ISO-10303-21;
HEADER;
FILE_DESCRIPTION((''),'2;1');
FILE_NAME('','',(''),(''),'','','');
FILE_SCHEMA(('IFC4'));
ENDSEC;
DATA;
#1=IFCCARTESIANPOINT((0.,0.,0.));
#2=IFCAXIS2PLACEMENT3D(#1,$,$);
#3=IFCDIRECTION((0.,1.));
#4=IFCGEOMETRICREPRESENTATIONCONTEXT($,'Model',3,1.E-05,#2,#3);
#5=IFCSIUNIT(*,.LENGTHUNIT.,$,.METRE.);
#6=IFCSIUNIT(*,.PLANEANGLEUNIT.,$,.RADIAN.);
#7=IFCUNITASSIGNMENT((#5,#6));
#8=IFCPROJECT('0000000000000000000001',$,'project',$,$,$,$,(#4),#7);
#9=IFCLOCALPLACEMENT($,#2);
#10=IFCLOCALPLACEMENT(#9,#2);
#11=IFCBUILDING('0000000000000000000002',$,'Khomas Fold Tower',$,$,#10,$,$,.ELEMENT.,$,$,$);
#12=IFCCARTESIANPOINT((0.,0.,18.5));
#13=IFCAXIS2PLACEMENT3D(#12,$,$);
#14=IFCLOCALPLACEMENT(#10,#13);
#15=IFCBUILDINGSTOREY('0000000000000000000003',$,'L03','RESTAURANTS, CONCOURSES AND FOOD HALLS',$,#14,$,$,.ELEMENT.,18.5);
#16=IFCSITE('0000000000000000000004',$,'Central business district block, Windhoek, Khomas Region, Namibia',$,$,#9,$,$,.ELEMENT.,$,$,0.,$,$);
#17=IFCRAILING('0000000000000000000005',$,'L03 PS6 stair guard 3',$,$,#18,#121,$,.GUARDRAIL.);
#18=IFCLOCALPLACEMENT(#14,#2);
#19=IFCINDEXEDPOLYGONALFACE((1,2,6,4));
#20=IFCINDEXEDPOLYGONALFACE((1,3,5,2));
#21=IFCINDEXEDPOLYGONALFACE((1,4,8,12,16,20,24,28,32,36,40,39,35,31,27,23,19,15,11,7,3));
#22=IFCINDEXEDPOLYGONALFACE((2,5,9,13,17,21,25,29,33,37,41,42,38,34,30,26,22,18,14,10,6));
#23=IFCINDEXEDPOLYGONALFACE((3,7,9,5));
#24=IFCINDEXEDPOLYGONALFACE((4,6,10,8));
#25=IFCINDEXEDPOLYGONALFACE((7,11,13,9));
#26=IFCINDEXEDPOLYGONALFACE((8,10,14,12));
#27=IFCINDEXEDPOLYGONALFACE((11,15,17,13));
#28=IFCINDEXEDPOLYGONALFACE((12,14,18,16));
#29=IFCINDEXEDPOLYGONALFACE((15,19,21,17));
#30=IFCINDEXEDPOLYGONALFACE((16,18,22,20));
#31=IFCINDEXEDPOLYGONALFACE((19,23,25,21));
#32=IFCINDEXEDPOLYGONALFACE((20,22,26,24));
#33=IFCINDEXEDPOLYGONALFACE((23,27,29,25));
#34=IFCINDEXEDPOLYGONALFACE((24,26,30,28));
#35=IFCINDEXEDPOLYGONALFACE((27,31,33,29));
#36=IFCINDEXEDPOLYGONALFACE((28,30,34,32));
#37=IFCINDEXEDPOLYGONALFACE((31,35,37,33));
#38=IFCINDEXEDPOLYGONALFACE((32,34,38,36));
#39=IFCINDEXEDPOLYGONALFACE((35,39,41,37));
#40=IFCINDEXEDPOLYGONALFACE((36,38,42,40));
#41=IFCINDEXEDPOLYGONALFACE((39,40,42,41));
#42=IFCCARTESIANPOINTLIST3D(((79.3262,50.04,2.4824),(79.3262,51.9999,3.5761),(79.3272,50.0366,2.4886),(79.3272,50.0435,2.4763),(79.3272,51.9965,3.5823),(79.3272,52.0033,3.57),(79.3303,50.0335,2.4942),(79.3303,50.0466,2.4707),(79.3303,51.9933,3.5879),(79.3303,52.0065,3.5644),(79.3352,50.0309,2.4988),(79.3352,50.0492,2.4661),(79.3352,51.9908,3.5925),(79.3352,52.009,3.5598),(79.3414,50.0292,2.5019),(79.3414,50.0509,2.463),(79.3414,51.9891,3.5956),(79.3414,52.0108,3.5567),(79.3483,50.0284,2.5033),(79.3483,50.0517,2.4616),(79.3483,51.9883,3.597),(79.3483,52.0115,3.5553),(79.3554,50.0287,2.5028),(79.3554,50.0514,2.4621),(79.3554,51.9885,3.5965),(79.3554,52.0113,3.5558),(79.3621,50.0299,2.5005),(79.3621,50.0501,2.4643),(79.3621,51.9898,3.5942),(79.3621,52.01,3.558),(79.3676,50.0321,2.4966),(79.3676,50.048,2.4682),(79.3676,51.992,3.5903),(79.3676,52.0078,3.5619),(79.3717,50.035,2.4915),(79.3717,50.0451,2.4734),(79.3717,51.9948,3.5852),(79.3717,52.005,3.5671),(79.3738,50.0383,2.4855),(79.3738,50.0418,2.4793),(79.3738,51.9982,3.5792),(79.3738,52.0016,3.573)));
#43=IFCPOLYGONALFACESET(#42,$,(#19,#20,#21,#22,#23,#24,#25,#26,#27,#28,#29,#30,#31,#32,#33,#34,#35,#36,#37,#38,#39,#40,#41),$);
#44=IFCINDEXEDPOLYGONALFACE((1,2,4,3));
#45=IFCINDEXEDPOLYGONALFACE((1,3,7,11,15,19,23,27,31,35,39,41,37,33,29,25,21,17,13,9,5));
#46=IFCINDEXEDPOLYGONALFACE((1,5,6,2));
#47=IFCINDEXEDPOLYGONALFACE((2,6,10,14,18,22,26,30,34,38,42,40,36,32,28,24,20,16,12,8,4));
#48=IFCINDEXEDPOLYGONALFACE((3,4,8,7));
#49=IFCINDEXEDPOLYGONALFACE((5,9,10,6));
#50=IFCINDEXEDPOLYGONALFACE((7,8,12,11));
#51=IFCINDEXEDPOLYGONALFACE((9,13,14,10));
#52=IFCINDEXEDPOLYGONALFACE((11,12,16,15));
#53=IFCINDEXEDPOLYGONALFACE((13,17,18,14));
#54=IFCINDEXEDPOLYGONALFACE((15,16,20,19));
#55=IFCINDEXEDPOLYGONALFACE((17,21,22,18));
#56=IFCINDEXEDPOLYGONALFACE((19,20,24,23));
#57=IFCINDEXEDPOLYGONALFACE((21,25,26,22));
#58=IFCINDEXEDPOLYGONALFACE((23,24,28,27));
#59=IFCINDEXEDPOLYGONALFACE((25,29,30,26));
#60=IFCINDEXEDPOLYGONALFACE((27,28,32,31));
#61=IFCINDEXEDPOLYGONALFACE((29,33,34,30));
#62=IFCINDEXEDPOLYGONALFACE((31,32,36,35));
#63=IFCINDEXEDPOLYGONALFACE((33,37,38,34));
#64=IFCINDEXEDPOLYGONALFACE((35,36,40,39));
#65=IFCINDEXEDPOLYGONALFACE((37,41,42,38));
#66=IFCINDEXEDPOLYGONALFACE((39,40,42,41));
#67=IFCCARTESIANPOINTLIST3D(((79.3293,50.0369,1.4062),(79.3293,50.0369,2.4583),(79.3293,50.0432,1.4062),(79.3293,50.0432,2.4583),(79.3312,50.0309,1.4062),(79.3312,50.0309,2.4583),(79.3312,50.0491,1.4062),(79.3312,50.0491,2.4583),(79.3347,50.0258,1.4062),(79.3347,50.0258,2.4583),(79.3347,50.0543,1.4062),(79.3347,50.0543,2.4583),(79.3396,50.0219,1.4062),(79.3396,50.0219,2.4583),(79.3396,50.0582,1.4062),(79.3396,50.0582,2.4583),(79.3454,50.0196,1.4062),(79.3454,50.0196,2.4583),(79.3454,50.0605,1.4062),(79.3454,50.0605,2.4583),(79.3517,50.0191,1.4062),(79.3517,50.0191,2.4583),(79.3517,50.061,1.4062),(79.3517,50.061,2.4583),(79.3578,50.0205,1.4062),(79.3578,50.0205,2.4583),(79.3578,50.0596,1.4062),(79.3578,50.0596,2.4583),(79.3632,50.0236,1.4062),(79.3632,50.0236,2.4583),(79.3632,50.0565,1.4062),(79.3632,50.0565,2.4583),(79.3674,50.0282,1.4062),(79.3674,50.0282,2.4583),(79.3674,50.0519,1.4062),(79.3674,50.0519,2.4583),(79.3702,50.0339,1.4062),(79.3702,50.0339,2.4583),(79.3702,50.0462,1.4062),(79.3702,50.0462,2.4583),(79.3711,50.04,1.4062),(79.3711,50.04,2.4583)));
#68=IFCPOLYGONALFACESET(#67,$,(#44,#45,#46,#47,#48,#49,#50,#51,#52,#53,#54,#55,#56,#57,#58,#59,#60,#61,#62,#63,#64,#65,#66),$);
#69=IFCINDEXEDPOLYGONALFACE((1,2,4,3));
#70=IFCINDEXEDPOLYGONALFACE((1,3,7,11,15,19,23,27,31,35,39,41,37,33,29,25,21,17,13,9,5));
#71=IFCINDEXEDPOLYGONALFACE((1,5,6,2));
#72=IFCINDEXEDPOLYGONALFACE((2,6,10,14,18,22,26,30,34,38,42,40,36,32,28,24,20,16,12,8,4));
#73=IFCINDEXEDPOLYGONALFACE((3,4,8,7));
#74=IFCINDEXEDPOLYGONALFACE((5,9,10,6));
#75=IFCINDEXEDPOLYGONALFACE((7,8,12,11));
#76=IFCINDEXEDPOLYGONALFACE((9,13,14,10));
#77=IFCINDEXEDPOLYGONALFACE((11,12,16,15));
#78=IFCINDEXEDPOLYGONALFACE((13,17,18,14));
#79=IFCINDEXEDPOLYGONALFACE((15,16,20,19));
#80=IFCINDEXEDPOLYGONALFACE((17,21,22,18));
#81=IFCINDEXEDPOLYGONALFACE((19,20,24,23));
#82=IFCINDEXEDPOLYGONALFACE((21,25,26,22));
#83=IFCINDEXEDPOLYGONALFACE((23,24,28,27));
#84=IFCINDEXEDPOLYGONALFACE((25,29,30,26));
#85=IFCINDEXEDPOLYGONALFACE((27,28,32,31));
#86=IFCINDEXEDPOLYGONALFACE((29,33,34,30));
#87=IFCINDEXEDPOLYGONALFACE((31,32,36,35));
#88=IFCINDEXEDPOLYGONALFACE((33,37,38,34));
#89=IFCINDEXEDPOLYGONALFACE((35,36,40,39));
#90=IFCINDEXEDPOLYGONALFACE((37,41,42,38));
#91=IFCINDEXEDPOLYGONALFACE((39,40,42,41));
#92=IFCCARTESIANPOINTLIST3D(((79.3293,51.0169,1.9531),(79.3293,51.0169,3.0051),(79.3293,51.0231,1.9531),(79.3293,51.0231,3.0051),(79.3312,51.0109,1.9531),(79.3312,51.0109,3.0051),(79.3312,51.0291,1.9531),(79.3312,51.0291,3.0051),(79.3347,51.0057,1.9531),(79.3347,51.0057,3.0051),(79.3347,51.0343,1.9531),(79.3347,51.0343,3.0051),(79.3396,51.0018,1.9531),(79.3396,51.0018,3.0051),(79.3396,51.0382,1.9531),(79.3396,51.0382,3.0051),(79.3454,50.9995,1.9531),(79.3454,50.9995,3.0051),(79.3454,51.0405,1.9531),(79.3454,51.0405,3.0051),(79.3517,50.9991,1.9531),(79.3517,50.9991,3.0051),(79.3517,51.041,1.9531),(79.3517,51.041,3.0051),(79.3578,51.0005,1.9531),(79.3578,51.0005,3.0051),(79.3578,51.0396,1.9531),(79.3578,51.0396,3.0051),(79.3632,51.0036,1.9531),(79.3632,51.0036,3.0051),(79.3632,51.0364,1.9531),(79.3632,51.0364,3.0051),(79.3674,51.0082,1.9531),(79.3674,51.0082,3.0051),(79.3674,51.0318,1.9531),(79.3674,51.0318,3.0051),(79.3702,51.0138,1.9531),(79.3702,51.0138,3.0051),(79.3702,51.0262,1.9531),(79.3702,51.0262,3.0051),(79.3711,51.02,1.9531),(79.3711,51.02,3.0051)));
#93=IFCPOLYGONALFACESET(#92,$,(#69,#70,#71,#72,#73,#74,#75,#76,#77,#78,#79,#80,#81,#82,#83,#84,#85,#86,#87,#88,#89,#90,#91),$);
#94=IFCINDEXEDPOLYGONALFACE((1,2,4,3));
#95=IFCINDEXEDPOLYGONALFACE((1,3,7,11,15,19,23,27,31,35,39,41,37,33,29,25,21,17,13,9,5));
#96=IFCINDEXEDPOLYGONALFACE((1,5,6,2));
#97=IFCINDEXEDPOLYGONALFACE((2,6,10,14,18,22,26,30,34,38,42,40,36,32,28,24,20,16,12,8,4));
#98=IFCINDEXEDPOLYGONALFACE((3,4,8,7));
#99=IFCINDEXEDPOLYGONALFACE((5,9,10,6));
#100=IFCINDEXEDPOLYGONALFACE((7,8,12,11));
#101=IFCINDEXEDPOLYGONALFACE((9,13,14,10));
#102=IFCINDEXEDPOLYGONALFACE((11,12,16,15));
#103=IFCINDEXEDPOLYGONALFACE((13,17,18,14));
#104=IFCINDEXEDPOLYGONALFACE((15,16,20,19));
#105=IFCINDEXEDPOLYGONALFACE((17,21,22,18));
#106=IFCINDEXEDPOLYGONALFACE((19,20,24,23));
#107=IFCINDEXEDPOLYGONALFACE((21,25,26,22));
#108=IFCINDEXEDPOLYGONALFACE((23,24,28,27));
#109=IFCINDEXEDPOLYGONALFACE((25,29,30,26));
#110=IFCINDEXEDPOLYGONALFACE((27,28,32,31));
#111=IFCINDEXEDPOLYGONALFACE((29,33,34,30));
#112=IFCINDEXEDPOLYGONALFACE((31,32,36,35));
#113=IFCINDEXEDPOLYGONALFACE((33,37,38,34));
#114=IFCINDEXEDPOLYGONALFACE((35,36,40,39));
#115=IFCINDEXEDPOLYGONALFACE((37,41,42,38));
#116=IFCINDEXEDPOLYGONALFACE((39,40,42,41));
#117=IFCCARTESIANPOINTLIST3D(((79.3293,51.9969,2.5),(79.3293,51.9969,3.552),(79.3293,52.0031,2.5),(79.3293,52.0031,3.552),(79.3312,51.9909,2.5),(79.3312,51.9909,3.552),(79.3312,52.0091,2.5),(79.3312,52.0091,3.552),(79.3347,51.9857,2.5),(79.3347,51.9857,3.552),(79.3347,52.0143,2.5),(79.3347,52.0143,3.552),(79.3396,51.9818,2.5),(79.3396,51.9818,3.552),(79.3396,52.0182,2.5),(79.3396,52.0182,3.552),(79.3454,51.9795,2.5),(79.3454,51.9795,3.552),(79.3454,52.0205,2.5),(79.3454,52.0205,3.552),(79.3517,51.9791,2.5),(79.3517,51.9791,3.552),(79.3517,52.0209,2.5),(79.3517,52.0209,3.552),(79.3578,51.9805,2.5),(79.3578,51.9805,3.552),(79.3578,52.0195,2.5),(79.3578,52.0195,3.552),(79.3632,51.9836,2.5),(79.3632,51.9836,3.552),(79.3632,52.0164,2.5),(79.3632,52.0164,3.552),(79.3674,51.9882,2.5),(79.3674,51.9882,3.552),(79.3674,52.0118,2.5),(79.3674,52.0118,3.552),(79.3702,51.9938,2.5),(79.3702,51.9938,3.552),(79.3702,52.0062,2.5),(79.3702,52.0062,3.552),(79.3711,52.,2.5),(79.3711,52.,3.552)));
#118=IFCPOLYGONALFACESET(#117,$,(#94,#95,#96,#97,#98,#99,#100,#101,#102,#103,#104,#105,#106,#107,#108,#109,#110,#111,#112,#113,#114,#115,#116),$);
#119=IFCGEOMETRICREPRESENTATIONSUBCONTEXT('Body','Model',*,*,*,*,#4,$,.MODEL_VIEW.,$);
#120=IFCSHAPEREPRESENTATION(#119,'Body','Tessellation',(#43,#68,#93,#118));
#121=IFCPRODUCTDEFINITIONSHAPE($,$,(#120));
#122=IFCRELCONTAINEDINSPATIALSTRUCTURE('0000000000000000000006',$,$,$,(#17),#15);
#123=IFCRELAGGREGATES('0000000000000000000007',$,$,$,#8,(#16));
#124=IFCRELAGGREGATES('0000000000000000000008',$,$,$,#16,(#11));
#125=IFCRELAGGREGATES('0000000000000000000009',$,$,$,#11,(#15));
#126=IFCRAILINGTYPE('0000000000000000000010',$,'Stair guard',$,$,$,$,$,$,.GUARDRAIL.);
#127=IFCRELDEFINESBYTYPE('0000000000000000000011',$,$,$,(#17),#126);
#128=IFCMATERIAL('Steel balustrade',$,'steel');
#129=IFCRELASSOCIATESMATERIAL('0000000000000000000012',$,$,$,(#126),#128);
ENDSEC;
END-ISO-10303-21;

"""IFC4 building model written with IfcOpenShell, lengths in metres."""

from ifc_helpers import new_model, si_unit, direction, frame, origin, origin_2d, place, context, subcontext, project, spatial, circle, extrude, source, transform, mapped, material, type_object, element, save


model = new_model("IFC4")

# Units and contexts
model_context = context("Model", 3, precision=1e-05, world=origin(), true_north=direction((0.0, 1.0)))
body_context = subcontext(model_context, "Body", "Model", "MODEL_VIEW")
ifc_project = project(units=[si_unit("LENGTHUNIT", "METRE"), si_unit("PLANEANGLEUNIT", "RADIAN")], contexts=[model_context])

# Site, building, storey
site_placement = place(None, origin())
site = spatial("IfcSite", under=ifc_project, at=site_placement, Name="Central business district block, Windhoek, Khomas Region, Namibia", CompositionType="ELEMENT", RefElevation=0.0)
building_placement = place(site_placement, origin())
building = spatial("IfcBuilding", under=site, at=building_placement, Name="Khomas Fold Tower", CompositionType="ELEMENT")
storey_placement = place(building_placement, frame((0.0, 0.0, 18.5)))
storey = spatial("IfcBuildingStorey", under=building, at=storey_placement, Name="L03", Description="RESTAURANTS, CONCOURSES AND FOOD HALLS", CompositionType="ELEMENT", Elevation=18.5)

# Railing
ifc_material_1 = material(Name="Steel balustrade", Category="steel")
railing_type_1 = type_object("IfcRailingType", Name="Stair guard", PredefinedType="GUARDRAIL", material=ifc_material_1)
shared_shape_1 = source(origin(), body_context, "Body", "SweptSolid", [
    extrude(circle(Radius=0.0239, at=origin_2d()), frame((0.0, 0.0, 1.0762), z_axis=(0.0, 0.873232, 0.487304), x_axis=(-1.0, 0.0, 0.0)), (0.0, 0.0, 1.0), 2.2444),
    extrude(circle(Radius=0.021, at=origin_2d()), origin(), (0.0, 0.0, 1.0), 1.052),
    extrude(circle(Radius=0.021, at=origin_2d()), frame((0.0, 0.98, 0.5469)), (0.0, 0.0, 1.0), 1.052),
    extrude(circle(Radius=0.021, at=origin_2d()), frame((0.0, 1.96, 1.0938)), (0.0, 0.0, 1.0), 1.052),
])
for number, where, name in (
    (1, (79.3501, 50.04, 1.4062), "L03 PS6 stair guard 3"),
):
    element("IfcRailing", number, at=place(storey_placement, frame(where)), inside=storey, type_object=railing_type_1, Name=name, PredefinedType="GUARDRAIL", context=body_context, shape_type="MappedRepresentation", body=[
        mapped(shared_shape_1, transform((0.0, 0.0, 0.0))),
    ])

save(model, "model.ifc")
